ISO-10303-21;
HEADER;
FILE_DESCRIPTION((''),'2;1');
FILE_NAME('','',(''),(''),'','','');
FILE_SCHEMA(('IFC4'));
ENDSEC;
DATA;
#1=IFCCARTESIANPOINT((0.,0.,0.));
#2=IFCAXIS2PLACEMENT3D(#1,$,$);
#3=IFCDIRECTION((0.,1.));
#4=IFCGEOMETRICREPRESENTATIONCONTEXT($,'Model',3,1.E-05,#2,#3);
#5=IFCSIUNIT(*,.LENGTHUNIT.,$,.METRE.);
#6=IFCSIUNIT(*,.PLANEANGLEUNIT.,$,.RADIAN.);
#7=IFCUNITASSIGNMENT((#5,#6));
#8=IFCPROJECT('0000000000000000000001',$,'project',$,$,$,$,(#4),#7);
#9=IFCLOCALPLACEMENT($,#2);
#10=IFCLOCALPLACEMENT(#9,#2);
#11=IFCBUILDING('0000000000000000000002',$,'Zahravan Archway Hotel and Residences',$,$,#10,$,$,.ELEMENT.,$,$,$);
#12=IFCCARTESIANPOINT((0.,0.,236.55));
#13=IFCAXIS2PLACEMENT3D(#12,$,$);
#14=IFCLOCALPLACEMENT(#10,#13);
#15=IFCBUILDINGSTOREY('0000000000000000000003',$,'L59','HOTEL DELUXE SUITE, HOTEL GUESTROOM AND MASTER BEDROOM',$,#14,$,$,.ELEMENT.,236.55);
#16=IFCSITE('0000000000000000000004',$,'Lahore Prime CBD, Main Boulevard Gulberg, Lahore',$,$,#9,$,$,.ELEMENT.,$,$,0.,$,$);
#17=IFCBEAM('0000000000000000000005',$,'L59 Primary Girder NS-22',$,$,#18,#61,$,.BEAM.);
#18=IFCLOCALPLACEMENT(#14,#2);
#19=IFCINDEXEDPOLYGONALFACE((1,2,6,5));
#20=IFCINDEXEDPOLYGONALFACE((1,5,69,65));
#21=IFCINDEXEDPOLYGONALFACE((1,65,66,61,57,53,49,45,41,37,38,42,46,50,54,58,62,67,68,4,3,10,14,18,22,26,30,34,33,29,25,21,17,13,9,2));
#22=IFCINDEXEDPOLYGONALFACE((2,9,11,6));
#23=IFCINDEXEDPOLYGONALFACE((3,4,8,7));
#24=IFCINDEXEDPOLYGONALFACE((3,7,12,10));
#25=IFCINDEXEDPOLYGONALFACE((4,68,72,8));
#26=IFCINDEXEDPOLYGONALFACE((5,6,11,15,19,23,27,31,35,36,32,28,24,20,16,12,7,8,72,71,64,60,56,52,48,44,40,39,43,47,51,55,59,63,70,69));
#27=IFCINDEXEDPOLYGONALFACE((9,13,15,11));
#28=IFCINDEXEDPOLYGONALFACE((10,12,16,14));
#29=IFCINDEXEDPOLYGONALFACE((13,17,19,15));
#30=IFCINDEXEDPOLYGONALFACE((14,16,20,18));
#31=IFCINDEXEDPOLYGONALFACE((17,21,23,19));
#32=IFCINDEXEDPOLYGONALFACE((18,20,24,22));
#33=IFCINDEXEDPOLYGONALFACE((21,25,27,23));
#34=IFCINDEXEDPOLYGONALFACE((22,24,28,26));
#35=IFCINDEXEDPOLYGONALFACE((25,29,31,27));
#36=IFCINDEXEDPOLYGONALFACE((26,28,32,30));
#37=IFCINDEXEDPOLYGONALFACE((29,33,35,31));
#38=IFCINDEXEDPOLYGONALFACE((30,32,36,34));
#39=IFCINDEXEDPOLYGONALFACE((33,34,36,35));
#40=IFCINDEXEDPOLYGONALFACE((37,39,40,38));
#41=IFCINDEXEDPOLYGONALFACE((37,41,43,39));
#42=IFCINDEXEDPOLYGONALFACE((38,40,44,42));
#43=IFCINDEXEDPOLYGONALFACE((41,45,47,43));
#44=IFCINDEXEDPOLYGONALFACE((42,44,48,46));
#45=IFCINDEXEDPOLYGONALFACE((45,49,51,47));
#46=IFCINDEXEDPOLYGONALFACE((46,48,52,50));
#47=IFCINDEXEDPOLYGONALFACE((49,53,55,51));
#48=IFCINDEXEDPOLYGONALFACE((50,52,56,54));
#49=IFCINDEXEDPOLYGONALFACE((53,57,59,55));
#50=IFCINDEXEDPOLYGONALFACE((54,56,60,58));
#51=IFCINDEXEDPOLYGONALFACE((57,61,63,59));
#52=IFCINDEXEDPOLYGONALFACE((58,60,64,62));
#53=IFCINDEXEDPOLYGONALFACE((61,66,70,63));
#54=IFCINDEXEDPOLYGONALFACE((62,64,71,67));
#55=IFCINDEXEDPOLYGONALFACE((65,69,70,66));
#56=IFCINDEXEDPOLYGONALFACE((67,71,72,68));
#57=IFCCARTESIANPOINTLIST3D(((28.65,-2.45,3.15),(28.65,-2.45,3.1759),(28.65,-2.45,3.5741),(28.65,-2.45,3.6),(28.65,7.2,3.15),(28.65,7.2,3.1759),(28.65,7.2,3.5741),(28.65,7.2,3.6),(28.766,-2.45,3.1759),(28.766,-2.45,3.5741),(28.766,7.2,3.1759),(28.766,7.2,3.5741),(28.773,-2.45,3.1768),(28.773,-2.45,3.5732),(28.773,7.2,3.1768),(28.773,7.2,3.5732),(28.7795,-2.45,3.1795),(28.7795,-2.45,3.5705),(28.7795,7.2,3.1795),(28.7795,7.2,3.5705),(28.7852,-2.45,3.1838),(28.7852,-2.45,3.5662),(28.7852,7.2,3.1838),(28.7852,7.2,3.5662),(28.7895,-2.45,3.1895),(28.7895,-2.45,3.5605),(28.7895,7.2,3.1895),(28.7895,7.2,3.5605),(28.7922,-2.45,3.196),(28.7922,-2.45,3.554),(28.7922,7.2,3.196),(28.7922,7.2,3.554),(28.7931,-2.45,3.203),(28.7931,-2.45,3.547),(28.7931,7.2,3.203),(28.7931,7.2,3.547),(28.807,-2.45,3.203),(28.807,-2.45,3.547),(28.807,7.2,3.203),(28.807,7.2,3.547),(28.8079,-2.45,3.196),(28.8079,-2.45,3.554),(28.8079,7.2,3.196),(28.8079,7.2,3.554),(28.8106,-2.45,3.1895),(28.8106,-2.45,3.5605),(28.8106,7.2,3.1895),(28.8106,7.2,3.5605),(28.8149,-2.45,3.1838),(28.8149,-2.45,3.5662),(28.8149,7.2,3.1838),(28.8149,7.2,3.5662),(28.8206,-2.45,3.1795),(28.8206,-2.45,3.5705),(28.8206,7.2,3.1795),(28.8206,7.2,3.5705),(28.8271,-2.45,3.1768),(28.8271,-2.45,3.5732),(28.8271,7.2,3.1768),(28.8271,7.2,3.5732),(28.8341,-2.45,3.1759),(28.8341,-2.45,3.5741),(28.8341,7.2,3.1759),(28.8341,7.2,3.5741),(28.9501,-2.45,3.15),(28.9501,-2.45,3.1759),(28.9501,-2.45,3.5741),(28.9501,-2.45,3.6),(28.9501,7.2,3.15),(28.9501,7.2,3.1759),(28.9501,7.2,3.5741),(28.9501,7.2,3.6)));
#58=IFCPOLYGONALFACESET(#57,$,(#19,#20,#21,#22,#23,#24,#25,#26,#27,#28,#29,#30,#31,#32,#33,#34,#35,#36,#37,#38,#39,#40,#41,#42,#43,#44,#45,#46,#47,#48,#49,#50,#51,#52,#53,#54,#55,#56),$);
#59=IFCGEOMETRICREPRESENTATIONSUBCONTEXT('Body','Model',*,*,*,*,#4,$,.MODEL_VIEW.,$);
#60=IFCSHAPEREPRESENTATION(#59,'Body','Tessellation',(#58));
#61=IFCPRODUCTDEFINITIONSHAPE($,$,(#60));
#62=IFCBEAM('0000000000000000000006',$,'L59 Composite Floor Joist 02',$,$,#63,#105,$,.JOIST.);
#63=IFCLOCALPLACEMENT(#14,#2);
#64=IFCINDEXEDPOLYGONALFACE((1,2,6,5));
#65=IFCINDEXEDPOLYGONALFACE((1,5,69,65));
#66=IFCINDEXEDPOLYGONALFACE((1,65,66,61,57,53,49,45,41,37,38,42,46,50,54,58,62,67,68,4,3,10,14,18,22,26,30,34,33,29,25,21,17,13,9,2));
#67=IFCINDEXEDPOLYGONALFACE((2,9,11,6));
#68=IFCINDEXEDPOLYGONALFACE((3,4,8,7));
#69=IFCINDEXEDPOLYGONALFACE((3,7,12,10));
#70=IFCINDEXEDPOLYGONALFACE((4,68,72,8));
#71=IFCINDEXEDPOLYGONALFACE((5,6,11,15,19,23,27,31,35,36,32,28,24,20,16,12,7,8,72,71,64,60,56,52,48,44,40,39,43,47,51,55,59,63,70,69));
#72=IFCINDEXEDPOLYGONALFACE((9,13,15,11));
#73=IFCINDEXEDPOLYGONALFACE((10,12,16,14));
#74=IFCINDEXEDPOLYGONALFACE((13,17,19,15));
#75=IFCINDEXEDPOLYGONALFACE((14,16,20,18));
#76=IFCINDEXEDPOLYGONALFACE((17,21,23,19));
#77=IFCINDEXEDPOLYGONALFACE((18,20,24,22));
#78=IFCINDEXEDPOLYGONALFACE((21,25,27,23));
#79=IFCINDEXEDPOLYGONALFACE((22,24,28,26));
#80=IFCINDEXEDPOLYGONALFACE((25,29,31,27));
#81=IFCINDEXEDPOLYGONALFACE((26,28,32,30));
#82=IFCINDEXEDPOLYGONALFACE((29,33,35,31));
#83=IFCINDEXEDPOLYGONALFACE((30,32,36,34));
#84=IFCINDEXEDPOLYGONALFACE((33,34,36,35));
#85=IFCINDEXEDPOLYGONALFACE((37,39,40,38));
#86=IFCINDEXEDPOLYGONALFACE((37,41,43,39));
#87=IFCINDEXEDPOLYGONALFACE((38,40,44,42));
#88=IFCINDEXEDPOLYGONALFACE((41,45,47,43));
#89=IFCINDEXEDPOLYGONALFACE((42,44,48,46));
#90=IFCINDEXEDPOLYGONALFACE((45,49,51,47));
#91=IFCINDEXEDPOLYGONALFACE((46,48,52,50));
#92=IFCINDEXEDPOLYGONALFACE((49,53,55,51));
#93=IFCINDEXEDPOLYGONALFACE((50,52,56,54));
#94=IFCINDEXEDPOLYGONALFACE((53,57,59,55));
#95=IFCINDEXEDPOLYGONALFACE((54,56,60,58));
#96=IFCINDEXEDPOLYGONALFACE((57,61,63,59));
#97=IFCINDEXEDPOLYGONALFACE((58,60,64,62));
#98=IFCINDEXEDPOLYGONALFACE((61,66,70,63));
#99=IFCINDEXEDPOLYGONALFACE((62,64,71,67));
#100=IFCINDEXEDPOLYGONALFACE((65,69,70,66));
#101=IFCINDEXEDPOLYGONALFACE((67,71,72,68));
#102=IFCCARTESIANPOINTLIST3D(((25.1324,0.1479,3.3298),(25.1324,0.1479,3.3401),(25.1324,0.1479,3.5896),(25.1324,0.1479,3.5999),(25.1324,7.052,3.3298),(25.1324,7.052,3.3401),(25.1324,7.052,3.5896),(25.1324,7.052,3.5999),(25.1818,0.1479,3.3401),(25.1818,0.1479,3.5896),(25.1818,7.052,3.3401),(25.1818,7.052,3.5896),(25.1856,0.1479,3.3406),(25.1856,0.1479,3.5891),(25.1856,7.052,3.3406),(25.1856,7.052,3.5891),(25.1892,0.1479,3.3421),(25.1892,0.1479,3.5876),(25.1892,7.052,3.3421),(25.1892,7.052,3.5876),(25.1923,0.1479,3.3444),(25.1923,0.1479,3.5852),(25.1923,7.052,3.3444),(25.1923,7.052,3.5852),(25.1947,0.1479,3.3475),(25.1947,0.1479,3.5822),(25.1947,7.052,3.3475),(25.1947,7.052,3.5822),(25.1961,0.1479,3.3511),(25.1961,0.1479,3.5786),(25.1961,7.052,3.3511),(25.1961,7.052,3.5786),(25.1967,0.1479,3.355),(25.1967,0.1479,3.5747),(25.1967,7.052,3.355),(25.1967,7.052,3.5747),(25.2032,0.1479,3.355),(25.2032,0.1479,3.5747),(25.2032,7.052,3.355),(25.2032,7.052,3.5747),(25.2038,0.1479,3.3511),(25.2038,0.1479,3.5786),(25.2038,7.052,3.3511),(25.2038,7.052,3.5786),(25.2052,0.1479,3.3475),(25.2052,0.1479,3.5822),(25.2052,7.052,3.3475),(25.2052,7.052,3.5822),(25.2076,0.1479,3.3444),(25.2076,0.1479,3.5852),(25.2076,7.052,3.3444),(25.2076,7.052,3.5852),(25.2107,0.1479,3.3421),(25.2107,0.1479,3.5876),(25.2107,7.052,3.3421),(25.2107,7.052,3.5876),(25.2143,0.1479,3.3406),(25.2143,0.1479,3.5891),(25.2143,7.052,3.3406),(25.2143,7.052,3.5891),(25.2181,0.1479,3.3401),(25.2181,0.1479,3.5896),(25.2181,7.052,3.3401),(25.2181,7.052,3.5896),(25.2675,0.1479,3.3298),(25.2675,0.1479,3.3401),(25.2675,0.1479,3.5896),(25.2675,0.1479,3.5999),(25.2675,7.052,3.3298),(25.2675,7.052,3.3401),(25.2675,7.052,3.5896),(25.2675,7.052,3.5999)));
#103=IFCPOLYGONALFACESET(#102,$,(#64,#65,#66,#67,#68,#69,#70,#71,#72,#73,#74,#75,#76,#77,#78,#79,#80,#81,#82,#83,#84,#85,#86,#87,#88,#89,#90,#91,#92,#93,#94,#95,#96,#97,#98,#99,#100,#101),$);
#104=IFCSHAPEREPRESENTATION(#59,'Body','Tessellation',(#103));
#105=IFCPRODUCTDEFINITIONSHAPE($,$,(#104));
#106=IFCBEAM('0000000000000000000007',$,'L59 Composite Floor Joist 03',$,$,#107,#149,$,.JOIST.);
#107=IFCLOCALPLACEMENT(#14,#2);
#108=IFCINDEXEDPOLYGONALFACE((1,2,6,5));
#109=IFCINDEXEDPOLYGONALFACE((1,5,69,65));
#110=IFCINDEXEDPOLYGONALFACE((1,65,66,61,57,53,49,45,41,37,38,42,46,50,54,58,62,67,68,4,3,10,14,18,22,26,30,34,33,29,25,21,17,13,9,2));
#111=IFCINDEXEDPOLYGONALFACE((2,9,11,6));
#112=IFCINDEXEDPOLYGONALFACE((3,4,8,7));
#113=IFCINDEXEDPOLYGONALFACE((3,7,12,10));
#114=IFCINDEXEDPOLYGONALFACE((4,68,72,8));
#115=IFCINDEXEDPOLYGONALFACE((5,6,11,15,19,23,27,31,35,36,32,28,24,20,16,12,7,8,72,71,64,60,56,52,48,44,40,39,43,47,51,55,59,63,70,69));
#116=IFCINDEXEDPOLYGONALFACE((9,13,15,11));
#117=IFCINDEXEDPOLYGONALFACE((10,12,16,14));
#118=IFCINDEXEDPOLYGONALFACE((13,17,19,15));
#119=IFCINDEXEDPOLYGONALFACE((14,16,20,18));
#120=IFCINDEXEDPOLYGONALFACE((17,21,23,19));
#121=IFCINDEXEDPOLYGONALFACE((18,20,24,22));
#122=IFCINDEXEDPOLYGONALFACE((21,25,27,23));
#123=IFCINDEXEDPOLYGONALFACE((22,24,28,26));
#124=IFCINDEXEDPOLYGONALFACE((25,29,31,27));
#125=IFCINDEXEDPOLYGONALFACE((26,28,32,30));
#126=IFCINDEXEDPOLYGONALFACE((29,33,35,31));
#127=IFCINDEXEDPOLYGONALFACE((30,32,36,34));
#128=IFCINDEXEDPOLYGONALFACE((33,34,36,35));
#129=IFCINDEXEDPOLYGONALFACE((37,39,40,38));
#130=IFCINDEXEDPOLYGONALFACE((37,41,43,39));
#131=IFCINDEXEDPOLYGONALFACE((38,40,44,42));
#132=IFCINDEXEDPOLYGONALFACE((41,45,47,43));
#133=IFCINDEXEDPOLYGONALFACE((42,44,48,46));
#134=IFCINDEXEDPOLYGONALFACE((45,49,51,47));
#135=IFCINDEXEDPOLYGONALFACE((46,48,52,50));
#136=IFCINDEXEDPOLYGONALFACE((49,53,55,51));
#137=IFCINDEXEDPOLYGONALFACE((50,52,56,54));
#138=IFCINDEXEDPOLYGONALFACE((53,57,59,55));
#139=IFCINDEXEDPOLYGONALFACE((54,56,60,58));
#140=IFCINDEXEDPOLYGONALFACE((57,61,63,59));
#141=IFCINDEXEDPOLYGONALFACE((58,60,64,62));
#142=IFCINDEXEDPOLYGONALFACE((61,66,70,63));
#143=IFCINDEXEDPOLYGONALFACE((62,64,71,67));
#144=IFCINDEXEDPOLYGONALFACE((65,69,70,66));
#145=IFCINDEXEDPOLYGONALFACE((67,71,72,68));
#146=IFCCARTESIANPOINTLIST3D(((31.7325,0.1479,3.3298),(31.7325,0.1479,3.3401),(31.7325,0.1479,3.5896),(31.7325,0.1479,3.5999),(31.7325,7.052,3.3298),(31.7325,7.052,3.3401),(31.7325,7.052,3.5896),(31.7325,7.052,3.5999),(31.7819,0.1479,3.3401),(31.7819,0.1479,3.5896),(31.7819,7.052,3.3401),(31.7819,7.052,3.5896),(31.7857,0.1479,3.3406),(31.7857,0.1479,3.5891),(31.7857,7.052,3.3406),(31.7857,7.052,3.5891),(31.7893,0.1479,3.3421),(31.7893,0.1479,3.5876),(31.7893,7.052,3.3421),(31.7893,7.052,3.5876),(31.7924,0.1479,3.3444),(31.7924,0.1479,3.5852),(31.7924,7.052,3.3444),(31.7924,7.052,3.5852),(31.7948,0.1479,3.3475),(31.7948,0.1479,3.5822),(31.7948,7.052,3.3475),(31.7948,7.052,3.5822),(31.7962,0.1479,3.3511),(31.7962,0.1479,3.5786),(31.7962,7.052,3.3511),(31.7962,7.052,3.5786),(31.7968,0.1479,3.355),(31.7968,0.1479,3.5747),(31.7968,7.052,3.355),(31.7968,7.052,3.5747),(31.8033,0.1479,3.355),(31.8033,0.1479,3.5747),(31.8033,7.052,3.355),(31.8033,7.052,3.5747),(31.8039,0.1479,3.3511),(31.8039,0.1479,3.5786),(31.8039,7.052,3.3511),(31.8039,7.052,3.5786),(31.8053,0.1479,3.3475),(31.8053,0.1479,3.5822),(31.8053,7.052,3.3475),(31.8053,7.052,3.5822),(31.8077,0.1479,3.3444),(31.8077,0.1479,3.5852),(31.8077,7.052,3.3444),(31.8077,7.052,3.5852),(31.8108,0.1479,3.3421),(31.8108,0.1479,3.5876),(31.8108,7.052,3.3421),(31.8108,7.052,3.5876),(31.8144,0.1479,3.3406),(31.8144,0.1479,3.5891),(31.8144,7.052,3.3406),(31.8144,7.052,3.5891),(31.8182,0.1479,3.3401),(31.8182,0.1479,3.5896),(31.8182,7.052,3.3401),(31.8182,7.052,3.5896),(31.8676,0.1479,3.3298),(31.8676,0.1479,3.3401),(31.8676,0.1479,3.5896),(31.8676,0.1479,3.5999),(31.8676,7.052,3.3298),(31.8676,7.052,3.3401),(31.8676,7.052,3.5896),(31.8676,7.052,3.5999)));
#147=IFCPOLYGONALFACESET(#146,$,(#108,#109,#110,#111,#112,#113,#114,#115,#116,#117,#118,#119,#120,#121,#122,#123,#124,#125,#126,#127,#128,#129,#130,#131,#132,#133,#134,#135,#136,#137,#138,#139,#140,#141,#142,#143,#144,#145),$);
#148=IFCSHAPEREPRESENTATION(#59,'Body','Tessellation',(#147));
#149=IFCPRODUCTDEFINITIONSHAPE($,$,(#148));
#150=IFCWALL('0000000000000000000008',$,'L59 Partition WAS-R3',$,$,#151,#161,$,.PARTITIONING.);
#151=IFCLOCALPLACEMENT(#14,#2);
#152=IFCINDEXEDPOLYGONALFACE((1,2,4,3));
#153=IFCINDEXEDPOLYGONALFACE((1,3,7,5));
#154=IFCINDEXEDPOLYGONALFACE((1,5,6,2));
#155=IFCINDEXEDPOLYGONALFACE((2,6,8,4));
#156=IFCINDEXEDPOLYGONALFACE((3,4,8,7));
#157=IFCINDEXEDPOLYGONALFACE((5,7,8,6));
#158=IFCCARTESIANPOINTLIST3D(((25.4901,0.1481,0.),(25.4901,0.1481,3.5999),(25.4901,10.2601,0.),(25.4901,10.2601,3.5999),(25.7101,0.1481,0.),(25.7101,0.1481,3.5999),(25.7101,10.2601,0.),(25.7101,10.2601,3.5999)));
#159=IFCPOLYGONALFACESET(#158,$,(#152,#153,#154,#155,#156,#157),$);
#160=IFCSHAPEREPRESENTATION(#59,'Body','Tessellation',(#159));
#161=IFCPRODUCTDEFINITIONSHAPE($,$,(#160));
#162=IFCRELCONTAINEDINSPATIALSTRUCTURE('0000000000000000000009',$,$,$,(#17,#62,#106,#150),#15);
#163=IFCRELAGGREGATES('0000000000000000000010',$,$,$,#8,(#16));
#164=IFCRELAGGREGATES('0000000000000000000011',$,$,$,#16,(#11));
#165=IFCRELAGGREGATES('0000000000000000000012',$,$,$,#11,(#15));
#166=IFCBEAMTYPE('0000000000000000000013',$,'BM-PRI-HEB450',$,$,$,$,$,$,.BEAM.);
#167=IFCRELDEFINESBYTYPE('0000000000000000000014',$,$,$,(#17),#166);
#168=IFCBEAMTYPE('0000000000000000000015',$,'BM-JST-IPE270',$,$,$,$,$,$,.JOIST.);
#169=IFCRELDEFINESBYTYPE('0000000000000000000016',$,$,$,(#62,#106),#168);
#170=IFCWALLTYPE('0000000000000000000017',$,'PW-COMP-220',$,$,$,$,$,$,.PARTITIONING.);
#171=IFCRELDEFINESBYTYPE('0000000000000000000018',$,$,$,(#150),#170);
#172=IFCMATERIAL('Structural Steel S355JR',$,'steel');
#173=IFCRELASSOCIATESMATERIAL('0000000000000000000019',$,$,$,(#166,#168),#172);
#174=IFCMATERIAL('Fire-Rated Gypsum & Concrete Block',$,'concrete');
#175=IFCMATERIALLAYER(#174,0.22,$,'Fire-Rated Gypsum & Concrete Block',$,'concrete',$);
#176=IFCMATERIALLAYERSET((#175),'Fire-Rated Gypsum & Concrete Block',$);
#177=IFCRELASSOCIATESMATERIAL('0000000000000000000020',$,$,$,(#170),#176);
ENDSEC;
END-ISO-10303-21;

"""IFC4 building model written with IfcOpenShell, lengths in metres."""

from ifc_helpers import new_model, si_unit, direction, frame, frame_2d, origin, origin_2d, place, context, subcontext, project, spatial, rectangle, i_section, extrude, source, transform, mapped, material, layer, layer_set, material_profile, profile_set, type_object, type_shapes, element, save


model = new_model("IFC4")

# Units and contexts
model_context = context("Model", 3, precision=1e-05, world=origin(), true_north=direction((0.0, 1.0)))
body_context = subcontext(model_context, "Body", "Model", "MODEL_VIEW")
ifc_project = project(units=[si_unit("LENGTHUNIT", "METRE"), si_unit("PLANEANGLEUNIT", "RADIAN")], contexts=[model_context])

# Site, building, storey
site_placement = place(None, origin())
site = spatial("IfcSite", under=ifc_project, at=site_placement, Name="Lahore Prime CBD, Main Boulevard Gulberg, Lahore", CompositionType="ELEMENT", RefElevation=0.0)
building_placement = place(site_placement, origin())
building = spatial("IfcBuilding", under=site, at=building_placement, Name="Zahravan Archway Hotel and Residences", CompositionType="ELEMENT")
storey_placement = place(building_placement, frame((0.0, 0.0, 236.55)))
storey = spatial("IfcBuildingStorey", under=building, at=storey_placement, Name="L59", Description="HOTEL DELUXE SUITE, HOTEL GUESTROOM AND MASTER BEDROOM", CompositionType="ELEMENT", Elevation=236.55)

# Beams
ifc_material_1 = material(Name="Structural Steel S355JR", Category="steel")
ifc_material_profile_1 = material_profile(ifc_material_1, i_section(OverallWidth=0.3, OverallDepth=0.45, WebThickness=0.0139, FlangeThickness=0.0259, FilletRadius=0.0271, at=origin_2d()), Name="HEB 450", Category="steel")
ifc_profile_set_1 = profile_set([ifc_material_profile_1], Name="Structural Steel S355JR")
beam_type_1 = type_object("IfcBeamType", Name="BM-PRI-HEB450", PredefinedType="BEAM", material=ifc_profile_set_1)
shared_shape_1 = source(origin(), body_context, "Body", "SweptSolid", [
    extrude(i_section(OverallWidth=0.3, OverallDepth=0.45, WebThickness=0.0139, FlangeThickness=0.0259, FilletRadius=0.0271, at=origin_2d()), origin(), (0.0, 0.0, 1.0), 9.6499),
])
for number, where, z_axis, x_axis, name in (
    (1, (28.8, -2.45, 3.375), (0.0, 1.0, 0.0), (-1.0, 0.0, 0.0), "L59 Primary Girder NS-22"),
):
    element("IfcBeam", number, at=place(storey_placement, frame(where, z_axis=z_axis, x_axis=x_axis)), inside=storey, type_object=beam_type_1, Name=name, PredefinedType="BEAM", context=body_context, shape_type="MappedRepresentation", body=[
        mapped(shared_shape_1, transform((0.0, 0.0, 0.0), scale=1.0)),
    ])
ifc_material_profile_2 = material_profile(ifc_material_1, i_section(OverallWidth=0.135, OverallDepth=0.27, WebThickness=0.0066, FlangeThickness=0.0103, FilletRadius=0.0149, at=origin_2d()), Name="IPE 270", Category="steel")
ifc_profile_set_2 = profile_set([ifc_material_profile_2], Name="Structural Steel S355JR")
beam_type_2 = type_object("IfcBeamType", Name="BM-JST-IPE270", PredefinedType="JOIST", material=ifc_profile_set_2)
shared_shape_2 = source(origin(), body_context, "Body", "SweptSolid", [
    extrude(i_section(OverallWidth=0.135, OverallDepth=0.27, WebThickness=0.0066, FlangeThickness=0.0103, FilletRadius=0.0149, at=origin_2d()), origin(), (0.0, 0.0, 1.0), 6.9041),
])
type_shapes(beam_type_2, [shared_shape_2])
for number, where, z_axis, x_axis, name in (
    (2, (25.2, 0.1479, 3.4648), (0.0, 1.0, 0.0), (-1.0, 0.0, 0.0), "L59 Composite Floor Joist 02"),
    (3, (31.8, 0.1479, 3.4648), (0.0, 1.0, 0.0), (-1.0, 0.0, 0.0), "L59 Composite Floor Joist 03"),
):
    element("IfcBeam", number, at=place(storey_placement, frame(where, z_axis=z_axis, x_axis=x_axis)), inside=storey, type_object=beam_type_2, Name=name, PredefinedType="JOIST", context=body_context, shape_type="MappedRepresentation", body=[
        mapped(shared_shape_2, transform((0.0, 0.0, 0.0), scale=1.0)),
    ])

# Wall
ifc_material_2 = material(Name="Fire-Rated Gypsum & Concrete Block", Category="concrete")
ifc_layer_1 = layer(ifc_material_2, 0.22, Name="Fire-Rated Gypsum & Concrete Block", Category="concrete")
ifc_layer_set_1 = layer_set([ifc_layer_1], Name="Fire-Rated Gypsum & Concrete Block")
wall_type_1 = type_object("IfcWallType", Name="PW-COMP-220", PredefinedType="PARTITIONING", material=ifc_layer_set_1)
wall_1_placement = place(storey_placement, frame((25.6001, 0.1479, 0.0), z_axis=(0.0, 0.0, 1.0), x_axis=(0.0, 1.0, 0.0)))
element("IfcWall", 4, at=wall_1_placement, inside=storey, type_object=wall_type_1, Name="L59 Partition WAS-R3", PredefinedType="PARTITIONING", context=body_context, shape_type="SweptSolid", body=[
    extrude(rectangle(XDim=10.1121, YDim=0.22, at=frame_2d((5.0562, 0.0))), origin(), (0.0, 0.0, 1.0), 3.5999),
])

save(model, "model.ifc")
